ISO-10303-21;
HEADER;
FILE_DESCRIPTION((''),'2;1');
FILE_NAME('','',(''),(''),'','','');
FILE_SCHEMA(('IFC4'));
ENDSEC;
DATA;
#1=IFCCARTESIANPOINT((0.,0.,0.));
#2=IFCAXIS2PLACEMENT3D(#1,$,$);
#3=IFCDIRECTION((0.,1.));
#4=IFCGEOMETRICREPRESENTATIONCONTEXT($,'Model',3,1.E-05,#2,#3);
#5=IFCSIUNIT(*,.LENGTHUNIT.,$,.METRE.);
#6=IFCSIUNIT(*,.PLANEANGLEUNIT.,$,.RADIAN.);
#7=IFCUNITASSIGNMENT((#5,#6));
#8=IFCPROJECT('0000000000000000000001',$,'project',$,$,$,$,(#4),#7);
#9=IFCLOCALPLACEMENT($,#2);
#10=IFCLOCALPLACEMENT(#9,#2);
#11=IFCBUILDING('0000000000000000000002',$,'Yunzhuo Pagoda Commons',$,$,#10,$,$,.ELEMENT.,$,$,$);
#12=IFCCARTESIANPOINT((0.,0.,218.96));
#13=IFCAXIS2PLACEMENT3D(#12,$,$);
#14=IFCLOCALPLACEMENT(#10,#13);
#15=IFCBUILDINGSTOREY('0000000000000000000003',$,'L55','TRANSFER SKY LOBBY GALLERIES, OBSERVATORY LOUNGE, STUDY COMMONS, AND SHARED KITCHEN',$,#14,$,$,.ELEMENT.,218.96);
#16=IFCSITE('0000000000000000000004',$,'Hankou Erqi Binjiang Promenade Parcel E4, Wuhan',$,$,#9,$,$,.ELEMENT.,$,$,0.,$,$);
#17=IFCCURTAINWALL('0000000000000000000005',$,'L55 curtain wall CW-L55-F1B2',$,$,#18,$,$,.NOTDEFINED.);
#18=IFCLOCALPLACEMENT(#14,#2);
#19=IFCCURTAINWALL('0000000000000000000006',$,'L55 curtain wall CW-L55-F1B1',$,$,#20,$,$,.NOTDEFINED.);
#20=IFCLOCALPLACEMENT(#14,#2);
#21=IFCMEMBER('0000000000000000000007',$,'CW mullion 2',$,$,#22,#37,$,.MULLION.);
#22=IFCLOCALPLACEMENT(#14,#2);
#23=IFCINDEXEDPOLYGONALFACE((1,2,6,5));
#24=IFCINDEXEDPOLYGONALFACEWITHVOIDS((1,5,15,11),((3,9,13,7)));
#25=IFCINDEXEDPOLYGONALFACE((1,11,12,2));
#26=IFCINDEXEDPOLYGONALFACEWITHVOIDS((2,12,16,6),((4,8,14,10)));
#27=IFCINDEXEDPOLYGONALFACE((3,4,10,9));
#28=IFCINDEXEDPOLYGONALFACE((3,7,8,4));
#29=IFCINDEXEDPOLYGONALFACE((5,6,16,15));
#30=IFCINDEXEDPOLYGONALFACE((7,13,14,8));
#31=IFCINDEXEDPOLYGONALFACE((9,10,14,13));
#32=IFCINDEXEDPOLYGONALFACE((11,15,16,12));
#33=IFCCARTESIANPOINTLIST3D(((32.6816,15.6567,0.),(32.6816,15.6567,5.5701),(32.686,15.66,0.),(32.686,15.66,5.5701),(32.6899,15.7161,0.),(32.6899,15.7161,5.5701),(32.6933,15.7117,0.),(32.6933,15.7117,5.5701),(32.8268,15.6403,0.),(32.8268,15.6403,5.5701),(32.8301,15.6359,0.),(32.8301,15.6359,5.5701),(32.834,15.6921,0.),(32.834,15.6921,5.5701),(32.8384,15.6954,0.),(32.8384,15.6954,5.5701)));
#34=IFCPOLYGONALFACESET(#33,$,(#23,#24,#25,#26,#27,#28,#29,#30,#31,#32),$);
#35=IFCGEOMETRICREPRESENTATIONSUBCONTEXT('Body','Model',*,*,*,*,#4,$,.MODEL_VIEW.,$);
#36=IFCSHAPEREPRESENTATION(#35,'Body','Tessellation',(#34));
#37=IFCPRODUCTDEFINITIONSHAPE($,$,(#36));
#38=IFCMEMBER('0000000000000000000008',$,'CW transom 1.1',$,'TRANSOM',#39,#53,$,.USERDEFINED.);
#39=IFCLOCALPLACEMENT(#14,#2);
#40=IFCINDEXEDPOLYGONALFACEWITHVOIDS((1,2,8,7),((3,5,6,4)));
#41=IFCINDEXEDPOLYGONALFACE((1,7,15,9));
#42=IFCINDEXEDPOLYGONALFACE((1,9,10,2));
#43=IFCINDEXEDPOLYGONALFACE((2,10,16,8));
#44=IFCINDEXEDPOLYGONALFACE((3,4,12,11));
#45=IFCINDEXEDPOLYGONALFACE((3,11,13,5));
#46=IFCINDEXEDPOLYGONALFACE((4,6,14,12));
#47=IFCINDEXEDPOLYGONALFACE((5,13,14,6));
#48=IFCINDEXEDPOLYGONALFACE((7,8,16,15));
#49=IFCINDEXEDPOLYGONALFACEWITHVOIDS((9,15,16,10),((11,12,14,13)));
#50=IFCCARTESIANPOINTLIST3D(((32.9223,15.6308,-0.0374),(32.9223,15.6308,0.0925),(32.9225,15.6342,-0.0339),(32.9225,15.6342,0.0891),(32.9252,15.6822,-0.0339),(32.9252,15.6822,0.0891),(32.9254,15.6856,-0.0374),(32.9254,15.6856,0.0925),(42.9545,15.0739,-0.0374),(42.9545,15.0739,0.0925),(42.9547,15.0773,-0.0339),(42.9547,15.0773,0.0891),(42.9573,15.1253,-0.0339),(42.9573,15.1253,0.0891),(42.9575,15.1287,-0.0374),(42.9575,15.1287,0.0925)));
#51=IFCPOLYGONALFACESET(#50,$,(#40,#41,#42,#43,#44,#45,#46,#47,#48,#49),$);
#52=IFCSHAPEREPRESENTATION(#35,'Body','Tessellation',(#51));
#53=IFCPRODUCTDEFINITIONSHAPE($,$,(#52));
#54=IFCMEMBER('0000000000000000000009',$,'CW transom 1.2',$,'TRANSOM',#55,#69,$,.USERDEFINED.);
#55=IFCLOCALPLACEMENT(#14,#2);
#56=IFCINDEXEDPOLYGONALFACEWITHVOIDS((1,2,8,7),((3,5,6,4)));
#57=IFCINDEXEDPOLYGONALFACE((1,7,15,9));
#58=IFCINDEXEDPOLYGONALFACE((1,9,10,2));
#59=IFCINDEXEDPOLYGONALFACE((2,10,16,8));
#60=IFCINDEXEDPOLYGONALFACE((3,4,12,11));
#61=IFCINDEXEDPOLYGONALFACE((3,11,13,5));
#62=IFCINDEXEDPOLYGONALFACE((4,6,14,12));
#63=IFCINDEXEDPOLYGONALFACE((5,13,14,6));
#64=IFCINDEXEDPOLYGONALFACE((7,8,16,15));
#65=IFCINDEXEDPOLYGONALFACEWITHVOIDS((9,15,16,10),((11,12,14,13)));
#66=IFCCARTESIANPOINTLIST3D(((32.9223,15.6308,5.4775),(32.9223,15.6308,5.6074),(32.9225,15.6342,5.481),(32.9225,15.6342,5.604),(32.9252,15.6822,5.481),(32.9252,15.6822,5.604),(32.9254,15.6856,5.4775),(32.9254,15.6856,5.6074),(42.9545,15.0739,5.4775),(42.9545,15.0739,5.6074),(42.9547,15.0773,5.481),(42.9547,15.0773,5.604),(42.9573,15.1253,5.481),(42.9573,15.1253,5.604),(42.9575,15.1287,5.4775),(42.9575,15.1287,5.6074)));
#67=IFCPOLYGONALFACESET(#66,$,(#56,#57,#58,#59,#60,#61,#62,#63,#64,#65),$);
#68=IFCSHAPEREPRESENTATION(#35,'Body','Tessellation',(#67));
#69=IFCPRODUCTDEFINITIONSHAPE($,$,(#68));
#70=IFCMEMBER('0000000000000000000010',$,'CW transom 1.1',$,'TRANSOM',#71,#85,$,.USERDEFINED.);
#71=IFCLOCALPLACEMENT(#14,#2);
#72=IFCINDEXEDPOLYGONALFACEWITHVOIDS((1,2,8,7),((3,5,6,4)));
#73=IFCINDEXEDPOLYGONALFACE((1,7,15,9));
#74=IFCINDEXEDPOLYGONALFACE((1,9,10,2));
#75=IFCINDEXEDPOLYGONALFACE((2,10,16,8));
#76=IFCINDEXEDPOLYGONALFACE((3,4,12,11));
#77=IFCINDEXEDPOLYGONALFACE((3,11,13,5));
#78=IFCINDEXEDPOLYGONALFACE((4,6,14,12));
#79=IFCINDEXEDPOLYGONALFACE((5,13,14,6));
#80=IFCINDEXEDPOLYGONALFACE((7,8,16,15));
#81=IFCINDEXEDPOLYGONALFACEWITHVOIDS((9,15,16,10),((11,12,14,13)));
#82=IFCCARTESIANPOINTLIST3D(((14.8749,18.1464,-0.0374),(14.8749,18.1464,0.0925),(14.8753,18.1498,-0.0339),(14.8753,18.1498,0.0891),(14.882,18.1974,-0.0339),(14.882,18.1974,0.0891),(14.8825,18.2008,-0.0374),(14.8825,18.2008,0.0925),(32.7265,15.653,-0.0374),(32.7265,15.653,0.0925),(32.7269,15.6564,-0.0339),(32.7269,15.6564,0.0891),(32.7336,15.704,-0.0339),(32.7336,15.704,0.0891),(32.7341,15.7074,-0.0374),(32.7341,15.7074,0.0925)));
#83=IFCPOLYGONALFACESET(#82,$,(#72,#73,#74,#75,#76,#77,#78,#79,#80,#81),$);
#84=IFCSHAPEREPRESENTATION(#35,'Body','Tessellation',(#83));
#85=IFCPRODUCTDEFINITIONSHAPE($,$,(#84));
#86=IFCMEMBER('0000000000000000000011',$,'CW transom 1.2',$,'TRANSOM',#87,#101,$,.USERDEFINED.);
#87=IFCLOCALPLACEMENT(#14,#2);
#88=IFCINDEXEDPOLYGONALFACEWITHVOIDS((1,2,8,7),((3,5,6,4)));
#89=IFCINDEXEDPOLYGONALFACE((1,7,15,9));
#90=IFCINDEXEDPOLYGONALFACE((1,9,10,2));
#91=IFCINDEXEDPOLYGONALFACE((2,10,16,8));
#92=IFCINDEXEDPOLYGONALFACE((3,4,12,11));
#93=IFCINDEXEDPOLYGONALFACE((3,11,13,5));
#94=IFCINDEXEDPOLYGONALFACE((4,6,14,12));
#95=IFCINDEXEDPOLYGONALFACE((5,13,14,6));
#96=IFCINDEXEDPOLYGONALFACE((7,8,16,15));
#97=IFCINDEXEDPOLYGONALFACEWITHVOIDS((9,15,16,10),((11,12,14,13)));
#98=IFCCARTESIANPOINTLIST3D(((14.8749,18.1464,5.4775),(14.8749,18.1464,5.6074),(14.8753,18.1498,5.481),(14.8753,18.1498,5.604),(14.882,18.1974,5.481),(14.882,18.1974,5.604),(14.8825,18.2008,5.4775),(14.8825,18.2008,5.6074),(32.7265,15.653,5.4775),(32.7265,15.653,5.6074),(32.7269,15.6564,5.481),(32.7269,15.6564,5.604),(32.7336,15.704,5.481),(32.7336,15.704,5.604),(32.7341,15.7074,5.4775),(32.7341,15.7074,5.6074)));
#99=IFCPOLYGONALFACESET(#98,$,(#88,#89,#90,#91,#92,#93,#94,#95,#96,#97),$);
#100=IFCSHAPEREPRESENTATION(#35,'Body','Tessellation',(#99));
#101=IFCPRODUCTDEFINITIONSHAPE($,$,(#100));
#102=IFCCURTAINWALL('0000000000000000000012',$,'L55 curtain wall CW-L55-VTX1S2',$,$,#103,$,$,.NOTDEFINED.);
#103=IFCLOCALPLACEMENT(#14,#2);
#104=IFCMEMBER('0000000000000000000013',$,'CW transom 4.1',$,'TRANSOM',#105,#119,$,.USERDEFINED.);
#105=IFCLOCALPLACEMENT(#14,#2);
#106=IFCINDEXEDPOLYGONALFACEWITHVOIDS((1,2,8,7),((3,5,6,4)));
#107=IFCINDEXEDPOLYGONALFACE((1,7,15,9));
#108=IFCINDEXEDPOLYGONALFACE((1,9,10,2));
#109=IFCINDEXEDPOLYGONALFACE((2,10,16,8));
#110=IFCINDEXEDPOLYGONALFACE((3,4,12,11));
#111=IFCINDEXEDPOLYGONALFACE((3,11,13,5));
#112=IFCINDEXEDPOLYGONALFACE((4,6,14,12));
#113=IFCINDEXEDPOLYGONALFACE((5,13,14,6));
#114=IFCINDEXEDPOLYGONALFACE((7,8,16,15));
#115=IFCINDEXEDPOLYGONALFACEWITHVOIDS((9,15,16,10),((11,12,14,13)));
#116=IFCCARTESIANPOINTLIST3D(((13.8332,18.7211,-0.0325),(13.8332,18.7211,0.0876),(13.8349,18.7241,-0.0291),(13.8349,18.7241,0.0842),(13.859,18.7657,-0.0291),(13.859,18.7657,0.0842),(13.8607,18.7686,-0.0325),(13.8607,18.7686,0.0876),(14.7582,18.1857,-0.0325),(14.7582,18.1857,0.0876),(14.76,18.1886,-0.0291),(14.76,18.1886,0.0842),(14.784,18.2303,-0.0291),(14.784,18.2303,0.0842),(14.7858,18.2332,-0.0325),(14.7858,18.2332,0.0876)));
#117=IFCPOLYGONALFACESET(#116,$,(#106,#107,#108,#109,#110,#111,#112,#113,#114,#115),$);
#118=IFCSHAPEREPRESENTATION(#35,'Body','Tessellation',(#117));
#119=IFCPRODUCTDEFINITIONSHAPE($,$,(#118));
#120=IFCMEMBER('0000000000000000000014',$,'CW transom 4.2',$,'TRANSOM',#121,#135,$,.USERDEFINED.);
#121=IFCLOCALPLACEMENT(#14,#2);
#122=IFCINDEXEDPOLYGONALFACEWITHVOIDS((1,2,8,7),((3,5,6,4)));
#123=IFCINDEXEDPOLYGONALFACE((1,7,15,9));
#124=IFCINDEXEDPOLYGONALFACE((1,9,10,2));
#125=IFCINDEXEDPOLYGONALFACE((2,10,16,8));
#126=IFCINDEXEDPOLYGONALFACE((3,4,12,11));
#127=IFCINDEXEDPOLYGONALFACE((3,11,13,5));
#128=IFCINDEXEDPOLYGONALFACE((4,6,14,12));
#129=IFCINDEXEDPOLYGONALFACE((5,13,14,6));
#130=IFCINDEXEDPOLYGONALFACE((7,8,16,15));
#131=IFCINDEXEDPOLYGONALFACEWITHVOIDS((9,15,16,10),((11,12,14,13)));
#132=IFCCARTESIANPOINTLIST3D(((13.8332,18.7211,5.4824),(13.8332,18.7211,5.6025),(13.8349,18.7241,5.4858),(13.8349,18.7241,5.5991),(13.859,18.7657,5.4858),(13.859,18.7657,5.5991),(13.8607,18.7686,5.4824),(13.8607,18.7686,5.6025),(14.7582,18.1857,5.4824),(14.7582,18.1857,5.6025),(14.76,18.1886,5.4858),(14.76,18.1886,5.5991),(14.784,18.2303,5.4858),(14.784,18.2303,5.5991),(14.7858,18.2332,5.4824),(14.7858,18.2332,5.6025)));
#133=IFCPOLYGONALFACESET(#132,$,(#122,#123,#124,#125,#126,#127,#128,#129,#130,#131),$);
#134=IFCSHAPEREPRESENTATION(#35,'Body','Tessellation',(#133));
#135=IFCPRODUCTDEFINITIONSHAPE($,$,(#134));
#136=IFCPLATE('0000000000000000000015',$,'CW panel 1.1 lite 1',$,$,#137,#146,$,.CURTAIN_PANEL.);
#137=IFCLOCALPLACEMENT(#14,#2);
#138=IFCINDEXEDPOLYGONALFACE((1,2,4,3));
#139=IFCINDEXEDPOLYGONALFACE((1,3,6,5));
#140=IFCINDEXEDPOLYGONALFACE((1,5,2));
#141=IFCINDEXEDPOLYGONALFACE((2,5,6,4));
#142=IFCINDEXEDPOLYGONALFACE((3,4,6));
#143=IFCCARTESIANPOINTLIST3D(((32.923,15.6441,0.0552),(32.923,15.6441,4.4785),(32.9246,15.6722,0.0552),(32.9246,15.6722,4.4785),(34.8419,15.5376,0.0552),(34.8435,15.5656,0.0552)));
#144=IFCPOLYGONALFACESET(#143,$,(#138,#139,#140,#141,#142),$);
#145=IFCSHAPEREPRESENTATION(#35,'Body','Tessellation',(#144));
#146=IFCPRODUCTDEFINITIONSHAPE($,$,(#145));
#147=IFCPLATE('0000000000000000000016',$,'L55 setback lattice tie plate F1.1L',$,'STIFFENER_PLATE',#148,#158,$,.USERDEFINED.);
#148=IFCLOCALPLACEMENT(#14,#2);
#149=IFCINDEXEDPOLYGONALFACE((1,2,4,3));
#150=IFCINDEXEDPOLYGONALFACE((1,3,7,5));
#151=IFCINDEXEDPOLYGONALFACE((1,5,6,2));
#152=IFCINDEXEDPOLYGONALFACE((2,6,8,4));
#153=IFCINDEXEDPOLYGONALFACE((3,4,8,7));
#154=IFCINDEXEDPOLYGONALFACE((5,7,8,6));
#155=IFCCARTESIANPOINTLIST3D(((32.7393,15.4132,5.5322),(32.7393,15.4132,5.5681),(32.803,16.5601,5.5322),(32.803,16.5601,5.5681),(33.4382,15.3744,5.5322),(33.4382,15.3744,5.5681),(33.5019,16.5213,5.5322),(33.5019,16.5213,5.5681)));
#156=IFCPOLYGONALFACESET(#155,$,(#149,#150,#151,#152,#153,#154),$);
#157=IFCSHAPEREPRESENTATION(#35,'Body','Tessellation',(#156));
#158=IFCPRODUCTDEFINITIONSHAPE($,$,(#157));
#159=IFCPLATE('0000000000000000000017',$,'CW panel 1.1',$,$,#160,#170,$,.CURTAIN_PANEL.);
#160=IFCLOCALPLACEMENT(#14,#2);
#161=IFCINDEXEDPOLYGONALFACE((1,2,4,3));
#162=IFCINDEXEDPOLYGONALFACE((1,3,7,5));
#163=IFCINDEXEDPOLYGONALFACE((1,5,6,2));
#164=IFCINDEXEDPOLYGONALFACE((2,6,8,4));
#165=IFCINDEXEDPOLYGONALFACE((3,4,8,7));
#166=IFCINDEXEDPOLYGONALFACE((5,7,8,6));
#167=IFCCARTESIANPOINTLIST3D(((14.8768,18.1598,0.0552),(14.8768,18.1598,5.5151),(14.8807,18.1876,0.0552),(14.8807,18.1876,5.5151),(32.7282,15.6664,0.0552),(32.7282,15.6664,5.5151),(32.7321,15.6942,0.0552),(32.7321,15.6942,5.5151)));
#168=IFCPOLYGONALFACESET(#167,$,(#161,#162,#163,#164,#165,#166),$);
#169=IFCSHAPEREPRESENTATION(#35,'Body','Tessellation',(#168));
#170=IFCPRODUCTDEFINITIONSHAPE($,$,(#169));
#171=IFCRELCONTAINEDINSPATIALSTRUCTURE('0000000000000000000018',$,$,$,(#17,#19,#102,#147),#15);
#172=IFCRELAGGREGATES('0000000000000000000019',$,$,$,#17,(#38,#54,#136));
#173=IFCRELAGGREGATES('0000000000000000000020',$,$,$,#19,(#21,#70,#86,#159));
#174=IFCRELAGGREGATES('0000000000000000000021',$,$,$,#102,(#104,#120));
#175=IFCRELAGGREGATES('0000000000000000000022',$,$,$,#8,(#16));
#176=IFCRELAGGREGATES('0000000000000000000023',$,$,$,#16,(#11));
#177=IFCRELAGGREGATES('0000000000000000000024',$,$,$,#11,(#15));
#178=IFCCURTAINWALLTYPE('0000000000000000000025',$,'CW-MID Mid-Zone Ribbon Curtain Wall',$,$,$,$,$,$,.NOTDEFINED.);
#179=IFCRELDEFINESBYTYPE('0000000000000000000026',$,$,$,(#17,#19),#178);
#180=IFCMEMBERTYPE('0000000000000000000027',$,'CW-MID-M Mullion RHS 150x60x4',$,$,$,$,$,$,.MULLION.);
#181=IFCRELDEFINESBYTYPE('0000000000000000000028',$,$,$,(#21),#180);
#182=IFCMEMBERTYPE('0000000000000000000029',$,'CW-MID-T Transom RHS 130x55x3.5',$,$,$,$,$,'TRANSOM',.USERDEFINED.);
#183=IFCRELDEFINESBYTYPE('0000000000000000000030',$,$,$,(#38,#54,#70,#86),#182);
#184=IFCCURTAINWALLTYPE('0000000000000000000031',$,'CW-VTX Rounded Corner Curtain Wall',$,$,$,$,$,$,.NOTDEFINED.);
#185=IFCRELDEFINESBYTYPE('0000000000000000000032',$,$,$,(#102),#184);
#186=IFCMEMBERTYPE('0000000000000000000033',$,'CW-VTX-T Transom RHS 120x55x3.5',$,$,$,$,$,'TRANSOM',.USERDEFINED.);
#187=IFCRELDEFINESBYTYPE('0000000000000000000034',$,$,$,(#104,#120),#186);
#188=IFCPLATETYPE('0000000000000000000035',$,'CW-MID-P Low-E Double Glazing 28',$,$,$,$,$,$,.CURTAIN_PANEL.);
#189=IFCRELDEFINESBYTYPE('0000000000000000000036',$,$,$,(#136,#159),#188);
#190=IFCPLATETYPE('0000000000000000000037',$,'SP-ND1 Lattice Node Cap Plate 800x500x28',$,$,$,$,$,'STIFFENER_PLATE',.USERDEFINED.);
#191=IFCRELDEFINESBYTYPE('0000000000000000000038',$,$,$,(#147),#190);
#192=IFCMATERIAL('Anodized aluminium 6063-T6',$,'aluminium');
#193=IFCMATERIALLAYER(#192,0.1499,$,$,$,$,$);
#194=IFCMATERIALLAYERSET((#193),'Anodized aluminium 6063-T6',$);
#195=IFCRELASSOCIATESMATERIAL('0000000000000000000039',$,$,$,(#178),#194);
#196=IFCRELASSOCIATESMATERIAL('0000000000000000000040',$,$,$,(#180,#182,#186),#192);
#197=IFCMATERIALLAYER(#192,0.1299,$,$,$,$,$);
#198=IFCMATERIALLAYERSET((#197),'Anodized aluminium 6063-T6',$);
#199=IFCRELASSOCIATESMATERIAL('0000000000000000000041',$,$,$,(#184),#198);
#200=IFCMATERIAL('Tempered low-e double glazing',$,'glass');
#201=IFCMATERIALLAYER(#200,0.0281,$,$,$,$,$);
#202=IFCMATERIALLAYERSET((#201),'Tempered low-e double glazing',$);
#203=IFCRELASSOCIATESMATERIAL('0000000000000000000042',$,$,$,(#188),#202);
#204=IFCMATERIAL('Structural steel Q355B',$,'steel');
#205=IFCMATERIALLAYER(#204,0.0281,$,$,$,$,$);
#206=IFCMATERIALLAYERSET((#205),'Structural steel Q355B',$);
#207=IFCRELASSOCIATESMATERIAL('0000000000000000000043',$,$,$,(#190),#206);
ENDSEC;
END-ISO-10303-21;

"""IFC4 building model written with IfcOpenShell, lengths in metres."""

from ifc_helpers import new_model, si_unit, direction, frame, origin, origin_2d, place, context, subcontext, project, spatial, polyline, rectangle, hollow_rectangle, outline, extrude, source, transform, mapped, material, layer, layer_set, material_profile, profile_set, type_object, element, aggregate, save


model = new_model("IFC4")

# Units and contexts
model_context = context("Model", 3, precision=1e-05, world=origin(), true_north=direction((0.0, 1.0)))
body_context = subcontext(model_context, "Body", "Model", "MODEL_VIEW")
ifc_project = project(units=[si_unit("LENGTHUNIT", "METRE"), si_unit("PLANEANGLEUNIT", "RADIAN")], contexts=[model_context])

# Site, building, storey
site_placement = place(None, origin())
site = spatial("IfcSite", under=ifc_project, at=site_placement, Name="Hankou Erqi Binjiang Promenade Parcel E4, Wuhan", CompositionType="ELEMENT", RefElevation=0.0)
building_placement = place(site_placement, origin())
building = spatial("IfcBuilding", under=site, at=building_placement, Name="Yunzhuo Pagoda Commons", CompositionType="ELEMENT")
storey_placement = place(building_placement, frame((0.0, 0.0, 218.96)))
storey = spatial("IfcBuildingStorey", under=building, at=storey_placement, Name="L55", Description="TRANSFER SKY LOBBY GALLERIES, OBSERVATORY LOUNGE, STUDY COMMONS, AND SHARED KITCHEN", CompositionType="ELEMENT", Elevation=218.96)

# Shared definitions
ifc_material_1 = material(Name="Structural steel Q355B", Category="steel")

# Curtain wall
ifc_material_2 = material(Name="Anodized aluminium 6063-T6", Category="aluminium")
ifc_layer_1 = layer(ifc_material_2, 0.1499)
ifc_layer_set_1 = layer_set([ifc_layer_1], Name="Anodized aluminium 6063-T6")
curtain_wall_type_1 = type_object("IfcCurtainWallType", Name="CW-MID Mid-Zone Ribbon Curtain Wall", PredefinedType="NOTDEFINED", material=ifc_layer_set_1)
curtain_wall_1_placement = place(storey_placement, origin())
curtain_wall_1 = element("IfcCurtainWall", 1, at=curtain_wall_1_placement, inside=storey, type_object=curtain_wall_type_1, Name="L55 curtain wall CW-L55-F1B2", PredefinedType="NOTDEFINED")
ifc_material_profile_1 = material_profile(ifc_material_2, hollow_rectangle(XDim=0.0601, YDim=0.1499, WallThickness=0.0039, at=origin_2d()), Name="Anodized aluminium 6063-T6")
ifc_profile_set_1 = profile_set([ifc_material_profile_1], Name="Anodized aluminium 6063-T6")
member_type_1 = type_object("IfcMemberType", Name="CW-MID-M Mullion RHS 150x60x4", PredefinedType="MULLION", material=ifc_profile_set_1)
shared_shape_1 = source(origin(), body_context, "Body", "SweptSolid", [
    extrude(hollow_rectangle(XDim=0.0601, YDim=0.1499, WallThickness=0.0039, at=origin_2d()), origin(), (0.0, 0.0, 1.0), 5.5701),
])

# Curtain wall, member
curtain_wall_2_placement = place(storey_placement, origin())
curtain_wall_2 = element("IfcCurtainWall", 2, at=curtain_wall_2_placement, inside=storey, type_object=curtain_wall_type_1, Name="L55 curtain wall CW-L55-F1B1", PredefinedType="NOTDEFINED")
member_1_placement = place(storey_placement, frame((32.76, 15.676, 0.0), z_axis=(0.0, 0.0, 1.0), x_axis=(0.138332, 0.990386, 0.0)))
member_1 = element("IfcMember", 3, at=member_1_placement, type_object=member_type_1, Name="CW mullion 2", PredefinedType="MULLION", context=body_context, shape_type="MappedRepresentation", body=[
    mapped(shared_shape_1, transform((0.0, 0.0, 0.0), scale=1.0)),
])

# Members
ifc_material_profile_2 = material_profile(ifc_material_2, hollow_rectangle(XDim=0.0549, YDim=0.1299, WallThickness=0.0034, at=origin_2d()), Name="Anodized aluminium 6063-T6")
ifc_profile_set_2 = profile_set([ifc_material_profile_2], Name="Anodized aluminium 6063-T6")
member_type_2 = type_object("IfcMemberType", Name="CW-MID-T Transom RHS 130x55x3.5", ElementType="TRANSOM", PredefinedType="USERDEFINED", material=ifc_profile_set_2)
shared_shape_2 = source(origin(), body_context, "Body", "SweptSolid", [
    extrude(hollow_rectangle(XDim=0.0549, YDim=0.1299, WallThickness=0.0034, at=origin_2d()), origin(), (0.0, 0.0, 1.0), 10.0476),
])
member_2_placement = place(storey_placement, frame((32.9238, 15.6582, 0.0276), z_axis=(0.998463, -0.055424, 0.0), x_axis=(0.055424, 0.998463, 0.0)))
member_2 = element("IfcMember", 4, at=member_2_placement, type_object=member_type_2, Name="CW transom 1.1", ObjectType="TRANSOM", PredefinedType="USERDEFINED", context=body_context, shape_type="MappedRepresentation", body=[
    mapped(shared_shape_2, transform((0.0, 0.0, 0.0), scale=1.0)),
])
member_3_placement = place(storey_placement, frame((32.9238, 15.6582, 5.5425), z_axis=(0.998463, -0.055424, 0.0), x_axis=(0.055424, 0.998463, 0.0)))
member_3 = element("IfcMember", 5, at=member_3_placement, type_object=member_type_2, Name="CW transom 1.2", ObjectType="TRANSOM", PredefinedType="USERDEFINED", context=body_context, shape_type="MappedRepresentation", body=[
    mapped(shared_shape_2, transform((0.0, 0.0, 0.0), scale=1.0)),
])
shared_shape_3 = source(origin(), body_context, "Body", "SweptSolid", [
    extrude(hollow_rectangle(XDim=0.0549, YDim=0.1299, WallThickness=0.0034, at=origin_2d()), origin(), (0.0, 0.0, 1.0), 18.0249),
])
member_4_placement = place(storey_placement, frame((14.8787, 18.1736, 0.0276), z_axis=(0.990386, -0.138332, 0.0), x_axis=(0.138332, 0.990386, 0.0)))
member_4 = element("IfcMember", 6, at=member_4_placement, type_object=member_type_2, Name="CW transom 1.1", ObjectType="TRANSOM", PredefinedType="USERDEFINED", context=body_context, shape_type="MappedRepresentation", body=[
    mapped(shared_shape_3, transform((0.0, 0.0, 0.0), scale=1.0)),
])
member_5_placement = place(storey_placement, frame((14.8787, 18.1736, 5.5425), z_axis=(0.990386, -0.138332, 0.0), x_axis=(0.138332, 0.990386, 0.0)))
member_5 = element("IfcMember", 7, at=member_5_placement, type_object=member_type_2, Name="CW transom 1.2", ObjectType="TRANSOM", PredefinedType="USERDEFINED", context=body_context, shape_type="MappedRepresentation", body=[
    mapped(shared_shape_3, transform((0.0, 0.0, 0.0), scale=1.0)),
])

# Curtain wall, members
ifc_layer_2 = layer(ifc_material_2, 0.1299)
ifc_layer_set_2 = layer_set([ifc_layer_2], Name="Anodized aluminium 6063-T6")
curtain_wall_type_2 = type_object("IfcCurtainWallType", Name="CW-VTX Rounded Corner Curtain Wall", PredefinedType="NOTDEFINED", material=ifc_layer_set_2)
curtain_wall_3_placement = place(storey_placement, origin())
curtain_wall_3 = element("IfcCurtainWall", 8, at=curtain_wall_3_placement, inside=storey, type_object=curtain_wall_type_2, Name="L55 curtain wall CW-L55-VTX1S2", PredefinedType="NOTDEFINED")
ifc_material_profile_3 = material_profile(ifc_material_2, hollow_rectangle(XDim=0.0549, YDim=0.1201, WallThickness=0.0034, at=origin_2d()), Name="Anodized aluminium 6063-T6")
ifc_profile_set_3 = profile_set([ifc_material_profile_3], Name="Anodized aluminium 6063-T6")
member_type_3 = type_object("IfcMemberType", Name="CW-VTX-T Transom RHS 120x55x3.5", ElementType="TRANSOM", PredefinedType="USERDEFINED", material=ifc_profile_set_3)
shared_shape_4 = source(origin(), body_context, "Body", "SweptSolid", [
    extrude(hollow_rectangle(XDim=0.0549, YDim=0.1201, WallThickness=0.0034, at=origin_2d()), origin(), (0.0, 0.0, 1.0), 1.0688),
])
member_6_placement = place(storey_placement, frame((13.8469, 18.7449, 0.0276), z_axis=(0.865489, -0.500928, 0.0), x_axis=(0.500928, 0.865489, 0.0)))
member_6 = element("IfcMember", 9, at=member_6_placement, type_object=member_type_3, Name="CW transom 4.1", ObjectType="TRANSOM", PredefinedType="USERDEFINED", context=body_context, shape_type="MappedRepresentation", body=[
    mapped(shared_shape_4, transform((0.0, 0.0, 0.0), scale=1.0)),
])
member_7_placement = place(storey_placement, frame((13.8469, 18.7449, 5.5425), z_axis=(0.865489, -0.500928, 0.0), x_axis=(0.500928, 0.865489, 0.0)))
member_7 = element("IfcMember", 10, at=member_7_placement, type_object=member_type_3, Name="CW transom 4.2", ObjectType="TRANSOM", PredefinedType="USERDEFINED", context=body_context, shape_type="MappedRepresentation", body=[
    mapped(shared_shape_4, transform((0.0, 0.0, 0.0), scale=1.0)),
])

# Plates
ifc_material_3 = material(Name="Tempered low-e double glazing", Category="glass")
ifc_layer_3 = layer(ifc_material_3, 0.0281)
ifc_layer_set_3 = layer_set([ifc_layer_3], Name="Tempered low-e double glazing")
plate_type_1 = type_object("IfcPlateType", Name="CW-MID-P Low-E Double Glazing 28", PredefinedType="CURTAIN_PANEL", material=ifc_layer_set_3)
plate_1_placement = place(storey_placement, frame((33.884, 15.6189, 2.2668), z_axis=(-0.055423, -0.998463, 0.0), x_axis=(0.998463, -0.055423, 0.0)))
plate_1 = element("IfcPlate", 11, at=plate_1_placement, type_object=plate_type_1, Name="CW panel 1.1 lite 1", PredefinedType="CURTAIN_PANEL", context=body_context, shape_type="SweptSolid", body=[
    extrude(outline(polyline([(-0.9609, -2.2117), (0.9609, -2.2117), (-0.9609, 2.2117), (-0.9609, -2.2117)])), origin(), (0.0, 0.0, 1.0), 0.0281),
])
aggregate(curtain_wall_1, [member_2, member_3, plate_1])
ifc_layer_4 = layer(ifc_material_1, 0.0281)
ifc_layer_set_4 = layer_set([ifc_layer_4], Name="Structural steel Q355B")
plate_type_2 = type_object("IfcPlateType", Name="SP-ND1 Lattice Node Cap Plate 800x500x28", ElementType="STIFFENER_PLATE", PredefinedType="USERDEFINED", material=ifc_layer_set_4)
shared_shape_5 = source(origin(), body_context, "Body", "SweptSolid", [
    extrude(rectangle(XDim=0.7, YDim=1.1487, at=origin_2d()), origin(), (0.0, 0.0, 1.0), 0.0359),
])
plate_2_placement = place(storey_placement, frame((33.1206, 15.9673, 5.5322), z_axis=(0.0, 0.0, 1.0), x_axis=(0.998463, -0.055421, 0.0)))
element("IfcPlate", 12, at=plate_2_placement, inside=storey, type_object=plate_type_2, Name="L55 setback lattice tie plate F1.1L", ObjectType="STIFFENER_PLATE", PredefinedType="USERDEFINED", context=body_context, shape_type="MappedRepresentation", body=[
    mapped(shared_shape_5, transform((0.0, 0.0, 0.0), scale=1.0)),
])
shared_shape_6 = source(origin(), body_context, "Body", "SweptSolid", [
    extrude(rectangle(XDim=18.0247, YDim=0.0281, at=origin_2d()), origin(), (0.0, 0.0, 1.0), 5.46),
])
plate_3_placement = place(storey_placement, frame((23.8044, 16.927, 0.0552), z_axis=(0.0, 0.0, 1.0), x_axis=(0.990386, -0.138332, 0.0)))
plate_3 = element("IfcPlate", 13, at=plate_3_placement, type_object=plate_type_1, Name="CW panel 1.1", PredefinedType="CURTAIN_PANEL", context=body_context, shape_type="MappedRepresentation", body=[
    mapped(shared_shape_6, transform((0.0, 0.0, 0.0), scale=1.0)),
])
aggregate(curtain_wall_2, [member_1, member_4, member_5, plate_3])
aggregate(curtain_wall_3, [member_6, member_7])

save(model, "model.ifc")
